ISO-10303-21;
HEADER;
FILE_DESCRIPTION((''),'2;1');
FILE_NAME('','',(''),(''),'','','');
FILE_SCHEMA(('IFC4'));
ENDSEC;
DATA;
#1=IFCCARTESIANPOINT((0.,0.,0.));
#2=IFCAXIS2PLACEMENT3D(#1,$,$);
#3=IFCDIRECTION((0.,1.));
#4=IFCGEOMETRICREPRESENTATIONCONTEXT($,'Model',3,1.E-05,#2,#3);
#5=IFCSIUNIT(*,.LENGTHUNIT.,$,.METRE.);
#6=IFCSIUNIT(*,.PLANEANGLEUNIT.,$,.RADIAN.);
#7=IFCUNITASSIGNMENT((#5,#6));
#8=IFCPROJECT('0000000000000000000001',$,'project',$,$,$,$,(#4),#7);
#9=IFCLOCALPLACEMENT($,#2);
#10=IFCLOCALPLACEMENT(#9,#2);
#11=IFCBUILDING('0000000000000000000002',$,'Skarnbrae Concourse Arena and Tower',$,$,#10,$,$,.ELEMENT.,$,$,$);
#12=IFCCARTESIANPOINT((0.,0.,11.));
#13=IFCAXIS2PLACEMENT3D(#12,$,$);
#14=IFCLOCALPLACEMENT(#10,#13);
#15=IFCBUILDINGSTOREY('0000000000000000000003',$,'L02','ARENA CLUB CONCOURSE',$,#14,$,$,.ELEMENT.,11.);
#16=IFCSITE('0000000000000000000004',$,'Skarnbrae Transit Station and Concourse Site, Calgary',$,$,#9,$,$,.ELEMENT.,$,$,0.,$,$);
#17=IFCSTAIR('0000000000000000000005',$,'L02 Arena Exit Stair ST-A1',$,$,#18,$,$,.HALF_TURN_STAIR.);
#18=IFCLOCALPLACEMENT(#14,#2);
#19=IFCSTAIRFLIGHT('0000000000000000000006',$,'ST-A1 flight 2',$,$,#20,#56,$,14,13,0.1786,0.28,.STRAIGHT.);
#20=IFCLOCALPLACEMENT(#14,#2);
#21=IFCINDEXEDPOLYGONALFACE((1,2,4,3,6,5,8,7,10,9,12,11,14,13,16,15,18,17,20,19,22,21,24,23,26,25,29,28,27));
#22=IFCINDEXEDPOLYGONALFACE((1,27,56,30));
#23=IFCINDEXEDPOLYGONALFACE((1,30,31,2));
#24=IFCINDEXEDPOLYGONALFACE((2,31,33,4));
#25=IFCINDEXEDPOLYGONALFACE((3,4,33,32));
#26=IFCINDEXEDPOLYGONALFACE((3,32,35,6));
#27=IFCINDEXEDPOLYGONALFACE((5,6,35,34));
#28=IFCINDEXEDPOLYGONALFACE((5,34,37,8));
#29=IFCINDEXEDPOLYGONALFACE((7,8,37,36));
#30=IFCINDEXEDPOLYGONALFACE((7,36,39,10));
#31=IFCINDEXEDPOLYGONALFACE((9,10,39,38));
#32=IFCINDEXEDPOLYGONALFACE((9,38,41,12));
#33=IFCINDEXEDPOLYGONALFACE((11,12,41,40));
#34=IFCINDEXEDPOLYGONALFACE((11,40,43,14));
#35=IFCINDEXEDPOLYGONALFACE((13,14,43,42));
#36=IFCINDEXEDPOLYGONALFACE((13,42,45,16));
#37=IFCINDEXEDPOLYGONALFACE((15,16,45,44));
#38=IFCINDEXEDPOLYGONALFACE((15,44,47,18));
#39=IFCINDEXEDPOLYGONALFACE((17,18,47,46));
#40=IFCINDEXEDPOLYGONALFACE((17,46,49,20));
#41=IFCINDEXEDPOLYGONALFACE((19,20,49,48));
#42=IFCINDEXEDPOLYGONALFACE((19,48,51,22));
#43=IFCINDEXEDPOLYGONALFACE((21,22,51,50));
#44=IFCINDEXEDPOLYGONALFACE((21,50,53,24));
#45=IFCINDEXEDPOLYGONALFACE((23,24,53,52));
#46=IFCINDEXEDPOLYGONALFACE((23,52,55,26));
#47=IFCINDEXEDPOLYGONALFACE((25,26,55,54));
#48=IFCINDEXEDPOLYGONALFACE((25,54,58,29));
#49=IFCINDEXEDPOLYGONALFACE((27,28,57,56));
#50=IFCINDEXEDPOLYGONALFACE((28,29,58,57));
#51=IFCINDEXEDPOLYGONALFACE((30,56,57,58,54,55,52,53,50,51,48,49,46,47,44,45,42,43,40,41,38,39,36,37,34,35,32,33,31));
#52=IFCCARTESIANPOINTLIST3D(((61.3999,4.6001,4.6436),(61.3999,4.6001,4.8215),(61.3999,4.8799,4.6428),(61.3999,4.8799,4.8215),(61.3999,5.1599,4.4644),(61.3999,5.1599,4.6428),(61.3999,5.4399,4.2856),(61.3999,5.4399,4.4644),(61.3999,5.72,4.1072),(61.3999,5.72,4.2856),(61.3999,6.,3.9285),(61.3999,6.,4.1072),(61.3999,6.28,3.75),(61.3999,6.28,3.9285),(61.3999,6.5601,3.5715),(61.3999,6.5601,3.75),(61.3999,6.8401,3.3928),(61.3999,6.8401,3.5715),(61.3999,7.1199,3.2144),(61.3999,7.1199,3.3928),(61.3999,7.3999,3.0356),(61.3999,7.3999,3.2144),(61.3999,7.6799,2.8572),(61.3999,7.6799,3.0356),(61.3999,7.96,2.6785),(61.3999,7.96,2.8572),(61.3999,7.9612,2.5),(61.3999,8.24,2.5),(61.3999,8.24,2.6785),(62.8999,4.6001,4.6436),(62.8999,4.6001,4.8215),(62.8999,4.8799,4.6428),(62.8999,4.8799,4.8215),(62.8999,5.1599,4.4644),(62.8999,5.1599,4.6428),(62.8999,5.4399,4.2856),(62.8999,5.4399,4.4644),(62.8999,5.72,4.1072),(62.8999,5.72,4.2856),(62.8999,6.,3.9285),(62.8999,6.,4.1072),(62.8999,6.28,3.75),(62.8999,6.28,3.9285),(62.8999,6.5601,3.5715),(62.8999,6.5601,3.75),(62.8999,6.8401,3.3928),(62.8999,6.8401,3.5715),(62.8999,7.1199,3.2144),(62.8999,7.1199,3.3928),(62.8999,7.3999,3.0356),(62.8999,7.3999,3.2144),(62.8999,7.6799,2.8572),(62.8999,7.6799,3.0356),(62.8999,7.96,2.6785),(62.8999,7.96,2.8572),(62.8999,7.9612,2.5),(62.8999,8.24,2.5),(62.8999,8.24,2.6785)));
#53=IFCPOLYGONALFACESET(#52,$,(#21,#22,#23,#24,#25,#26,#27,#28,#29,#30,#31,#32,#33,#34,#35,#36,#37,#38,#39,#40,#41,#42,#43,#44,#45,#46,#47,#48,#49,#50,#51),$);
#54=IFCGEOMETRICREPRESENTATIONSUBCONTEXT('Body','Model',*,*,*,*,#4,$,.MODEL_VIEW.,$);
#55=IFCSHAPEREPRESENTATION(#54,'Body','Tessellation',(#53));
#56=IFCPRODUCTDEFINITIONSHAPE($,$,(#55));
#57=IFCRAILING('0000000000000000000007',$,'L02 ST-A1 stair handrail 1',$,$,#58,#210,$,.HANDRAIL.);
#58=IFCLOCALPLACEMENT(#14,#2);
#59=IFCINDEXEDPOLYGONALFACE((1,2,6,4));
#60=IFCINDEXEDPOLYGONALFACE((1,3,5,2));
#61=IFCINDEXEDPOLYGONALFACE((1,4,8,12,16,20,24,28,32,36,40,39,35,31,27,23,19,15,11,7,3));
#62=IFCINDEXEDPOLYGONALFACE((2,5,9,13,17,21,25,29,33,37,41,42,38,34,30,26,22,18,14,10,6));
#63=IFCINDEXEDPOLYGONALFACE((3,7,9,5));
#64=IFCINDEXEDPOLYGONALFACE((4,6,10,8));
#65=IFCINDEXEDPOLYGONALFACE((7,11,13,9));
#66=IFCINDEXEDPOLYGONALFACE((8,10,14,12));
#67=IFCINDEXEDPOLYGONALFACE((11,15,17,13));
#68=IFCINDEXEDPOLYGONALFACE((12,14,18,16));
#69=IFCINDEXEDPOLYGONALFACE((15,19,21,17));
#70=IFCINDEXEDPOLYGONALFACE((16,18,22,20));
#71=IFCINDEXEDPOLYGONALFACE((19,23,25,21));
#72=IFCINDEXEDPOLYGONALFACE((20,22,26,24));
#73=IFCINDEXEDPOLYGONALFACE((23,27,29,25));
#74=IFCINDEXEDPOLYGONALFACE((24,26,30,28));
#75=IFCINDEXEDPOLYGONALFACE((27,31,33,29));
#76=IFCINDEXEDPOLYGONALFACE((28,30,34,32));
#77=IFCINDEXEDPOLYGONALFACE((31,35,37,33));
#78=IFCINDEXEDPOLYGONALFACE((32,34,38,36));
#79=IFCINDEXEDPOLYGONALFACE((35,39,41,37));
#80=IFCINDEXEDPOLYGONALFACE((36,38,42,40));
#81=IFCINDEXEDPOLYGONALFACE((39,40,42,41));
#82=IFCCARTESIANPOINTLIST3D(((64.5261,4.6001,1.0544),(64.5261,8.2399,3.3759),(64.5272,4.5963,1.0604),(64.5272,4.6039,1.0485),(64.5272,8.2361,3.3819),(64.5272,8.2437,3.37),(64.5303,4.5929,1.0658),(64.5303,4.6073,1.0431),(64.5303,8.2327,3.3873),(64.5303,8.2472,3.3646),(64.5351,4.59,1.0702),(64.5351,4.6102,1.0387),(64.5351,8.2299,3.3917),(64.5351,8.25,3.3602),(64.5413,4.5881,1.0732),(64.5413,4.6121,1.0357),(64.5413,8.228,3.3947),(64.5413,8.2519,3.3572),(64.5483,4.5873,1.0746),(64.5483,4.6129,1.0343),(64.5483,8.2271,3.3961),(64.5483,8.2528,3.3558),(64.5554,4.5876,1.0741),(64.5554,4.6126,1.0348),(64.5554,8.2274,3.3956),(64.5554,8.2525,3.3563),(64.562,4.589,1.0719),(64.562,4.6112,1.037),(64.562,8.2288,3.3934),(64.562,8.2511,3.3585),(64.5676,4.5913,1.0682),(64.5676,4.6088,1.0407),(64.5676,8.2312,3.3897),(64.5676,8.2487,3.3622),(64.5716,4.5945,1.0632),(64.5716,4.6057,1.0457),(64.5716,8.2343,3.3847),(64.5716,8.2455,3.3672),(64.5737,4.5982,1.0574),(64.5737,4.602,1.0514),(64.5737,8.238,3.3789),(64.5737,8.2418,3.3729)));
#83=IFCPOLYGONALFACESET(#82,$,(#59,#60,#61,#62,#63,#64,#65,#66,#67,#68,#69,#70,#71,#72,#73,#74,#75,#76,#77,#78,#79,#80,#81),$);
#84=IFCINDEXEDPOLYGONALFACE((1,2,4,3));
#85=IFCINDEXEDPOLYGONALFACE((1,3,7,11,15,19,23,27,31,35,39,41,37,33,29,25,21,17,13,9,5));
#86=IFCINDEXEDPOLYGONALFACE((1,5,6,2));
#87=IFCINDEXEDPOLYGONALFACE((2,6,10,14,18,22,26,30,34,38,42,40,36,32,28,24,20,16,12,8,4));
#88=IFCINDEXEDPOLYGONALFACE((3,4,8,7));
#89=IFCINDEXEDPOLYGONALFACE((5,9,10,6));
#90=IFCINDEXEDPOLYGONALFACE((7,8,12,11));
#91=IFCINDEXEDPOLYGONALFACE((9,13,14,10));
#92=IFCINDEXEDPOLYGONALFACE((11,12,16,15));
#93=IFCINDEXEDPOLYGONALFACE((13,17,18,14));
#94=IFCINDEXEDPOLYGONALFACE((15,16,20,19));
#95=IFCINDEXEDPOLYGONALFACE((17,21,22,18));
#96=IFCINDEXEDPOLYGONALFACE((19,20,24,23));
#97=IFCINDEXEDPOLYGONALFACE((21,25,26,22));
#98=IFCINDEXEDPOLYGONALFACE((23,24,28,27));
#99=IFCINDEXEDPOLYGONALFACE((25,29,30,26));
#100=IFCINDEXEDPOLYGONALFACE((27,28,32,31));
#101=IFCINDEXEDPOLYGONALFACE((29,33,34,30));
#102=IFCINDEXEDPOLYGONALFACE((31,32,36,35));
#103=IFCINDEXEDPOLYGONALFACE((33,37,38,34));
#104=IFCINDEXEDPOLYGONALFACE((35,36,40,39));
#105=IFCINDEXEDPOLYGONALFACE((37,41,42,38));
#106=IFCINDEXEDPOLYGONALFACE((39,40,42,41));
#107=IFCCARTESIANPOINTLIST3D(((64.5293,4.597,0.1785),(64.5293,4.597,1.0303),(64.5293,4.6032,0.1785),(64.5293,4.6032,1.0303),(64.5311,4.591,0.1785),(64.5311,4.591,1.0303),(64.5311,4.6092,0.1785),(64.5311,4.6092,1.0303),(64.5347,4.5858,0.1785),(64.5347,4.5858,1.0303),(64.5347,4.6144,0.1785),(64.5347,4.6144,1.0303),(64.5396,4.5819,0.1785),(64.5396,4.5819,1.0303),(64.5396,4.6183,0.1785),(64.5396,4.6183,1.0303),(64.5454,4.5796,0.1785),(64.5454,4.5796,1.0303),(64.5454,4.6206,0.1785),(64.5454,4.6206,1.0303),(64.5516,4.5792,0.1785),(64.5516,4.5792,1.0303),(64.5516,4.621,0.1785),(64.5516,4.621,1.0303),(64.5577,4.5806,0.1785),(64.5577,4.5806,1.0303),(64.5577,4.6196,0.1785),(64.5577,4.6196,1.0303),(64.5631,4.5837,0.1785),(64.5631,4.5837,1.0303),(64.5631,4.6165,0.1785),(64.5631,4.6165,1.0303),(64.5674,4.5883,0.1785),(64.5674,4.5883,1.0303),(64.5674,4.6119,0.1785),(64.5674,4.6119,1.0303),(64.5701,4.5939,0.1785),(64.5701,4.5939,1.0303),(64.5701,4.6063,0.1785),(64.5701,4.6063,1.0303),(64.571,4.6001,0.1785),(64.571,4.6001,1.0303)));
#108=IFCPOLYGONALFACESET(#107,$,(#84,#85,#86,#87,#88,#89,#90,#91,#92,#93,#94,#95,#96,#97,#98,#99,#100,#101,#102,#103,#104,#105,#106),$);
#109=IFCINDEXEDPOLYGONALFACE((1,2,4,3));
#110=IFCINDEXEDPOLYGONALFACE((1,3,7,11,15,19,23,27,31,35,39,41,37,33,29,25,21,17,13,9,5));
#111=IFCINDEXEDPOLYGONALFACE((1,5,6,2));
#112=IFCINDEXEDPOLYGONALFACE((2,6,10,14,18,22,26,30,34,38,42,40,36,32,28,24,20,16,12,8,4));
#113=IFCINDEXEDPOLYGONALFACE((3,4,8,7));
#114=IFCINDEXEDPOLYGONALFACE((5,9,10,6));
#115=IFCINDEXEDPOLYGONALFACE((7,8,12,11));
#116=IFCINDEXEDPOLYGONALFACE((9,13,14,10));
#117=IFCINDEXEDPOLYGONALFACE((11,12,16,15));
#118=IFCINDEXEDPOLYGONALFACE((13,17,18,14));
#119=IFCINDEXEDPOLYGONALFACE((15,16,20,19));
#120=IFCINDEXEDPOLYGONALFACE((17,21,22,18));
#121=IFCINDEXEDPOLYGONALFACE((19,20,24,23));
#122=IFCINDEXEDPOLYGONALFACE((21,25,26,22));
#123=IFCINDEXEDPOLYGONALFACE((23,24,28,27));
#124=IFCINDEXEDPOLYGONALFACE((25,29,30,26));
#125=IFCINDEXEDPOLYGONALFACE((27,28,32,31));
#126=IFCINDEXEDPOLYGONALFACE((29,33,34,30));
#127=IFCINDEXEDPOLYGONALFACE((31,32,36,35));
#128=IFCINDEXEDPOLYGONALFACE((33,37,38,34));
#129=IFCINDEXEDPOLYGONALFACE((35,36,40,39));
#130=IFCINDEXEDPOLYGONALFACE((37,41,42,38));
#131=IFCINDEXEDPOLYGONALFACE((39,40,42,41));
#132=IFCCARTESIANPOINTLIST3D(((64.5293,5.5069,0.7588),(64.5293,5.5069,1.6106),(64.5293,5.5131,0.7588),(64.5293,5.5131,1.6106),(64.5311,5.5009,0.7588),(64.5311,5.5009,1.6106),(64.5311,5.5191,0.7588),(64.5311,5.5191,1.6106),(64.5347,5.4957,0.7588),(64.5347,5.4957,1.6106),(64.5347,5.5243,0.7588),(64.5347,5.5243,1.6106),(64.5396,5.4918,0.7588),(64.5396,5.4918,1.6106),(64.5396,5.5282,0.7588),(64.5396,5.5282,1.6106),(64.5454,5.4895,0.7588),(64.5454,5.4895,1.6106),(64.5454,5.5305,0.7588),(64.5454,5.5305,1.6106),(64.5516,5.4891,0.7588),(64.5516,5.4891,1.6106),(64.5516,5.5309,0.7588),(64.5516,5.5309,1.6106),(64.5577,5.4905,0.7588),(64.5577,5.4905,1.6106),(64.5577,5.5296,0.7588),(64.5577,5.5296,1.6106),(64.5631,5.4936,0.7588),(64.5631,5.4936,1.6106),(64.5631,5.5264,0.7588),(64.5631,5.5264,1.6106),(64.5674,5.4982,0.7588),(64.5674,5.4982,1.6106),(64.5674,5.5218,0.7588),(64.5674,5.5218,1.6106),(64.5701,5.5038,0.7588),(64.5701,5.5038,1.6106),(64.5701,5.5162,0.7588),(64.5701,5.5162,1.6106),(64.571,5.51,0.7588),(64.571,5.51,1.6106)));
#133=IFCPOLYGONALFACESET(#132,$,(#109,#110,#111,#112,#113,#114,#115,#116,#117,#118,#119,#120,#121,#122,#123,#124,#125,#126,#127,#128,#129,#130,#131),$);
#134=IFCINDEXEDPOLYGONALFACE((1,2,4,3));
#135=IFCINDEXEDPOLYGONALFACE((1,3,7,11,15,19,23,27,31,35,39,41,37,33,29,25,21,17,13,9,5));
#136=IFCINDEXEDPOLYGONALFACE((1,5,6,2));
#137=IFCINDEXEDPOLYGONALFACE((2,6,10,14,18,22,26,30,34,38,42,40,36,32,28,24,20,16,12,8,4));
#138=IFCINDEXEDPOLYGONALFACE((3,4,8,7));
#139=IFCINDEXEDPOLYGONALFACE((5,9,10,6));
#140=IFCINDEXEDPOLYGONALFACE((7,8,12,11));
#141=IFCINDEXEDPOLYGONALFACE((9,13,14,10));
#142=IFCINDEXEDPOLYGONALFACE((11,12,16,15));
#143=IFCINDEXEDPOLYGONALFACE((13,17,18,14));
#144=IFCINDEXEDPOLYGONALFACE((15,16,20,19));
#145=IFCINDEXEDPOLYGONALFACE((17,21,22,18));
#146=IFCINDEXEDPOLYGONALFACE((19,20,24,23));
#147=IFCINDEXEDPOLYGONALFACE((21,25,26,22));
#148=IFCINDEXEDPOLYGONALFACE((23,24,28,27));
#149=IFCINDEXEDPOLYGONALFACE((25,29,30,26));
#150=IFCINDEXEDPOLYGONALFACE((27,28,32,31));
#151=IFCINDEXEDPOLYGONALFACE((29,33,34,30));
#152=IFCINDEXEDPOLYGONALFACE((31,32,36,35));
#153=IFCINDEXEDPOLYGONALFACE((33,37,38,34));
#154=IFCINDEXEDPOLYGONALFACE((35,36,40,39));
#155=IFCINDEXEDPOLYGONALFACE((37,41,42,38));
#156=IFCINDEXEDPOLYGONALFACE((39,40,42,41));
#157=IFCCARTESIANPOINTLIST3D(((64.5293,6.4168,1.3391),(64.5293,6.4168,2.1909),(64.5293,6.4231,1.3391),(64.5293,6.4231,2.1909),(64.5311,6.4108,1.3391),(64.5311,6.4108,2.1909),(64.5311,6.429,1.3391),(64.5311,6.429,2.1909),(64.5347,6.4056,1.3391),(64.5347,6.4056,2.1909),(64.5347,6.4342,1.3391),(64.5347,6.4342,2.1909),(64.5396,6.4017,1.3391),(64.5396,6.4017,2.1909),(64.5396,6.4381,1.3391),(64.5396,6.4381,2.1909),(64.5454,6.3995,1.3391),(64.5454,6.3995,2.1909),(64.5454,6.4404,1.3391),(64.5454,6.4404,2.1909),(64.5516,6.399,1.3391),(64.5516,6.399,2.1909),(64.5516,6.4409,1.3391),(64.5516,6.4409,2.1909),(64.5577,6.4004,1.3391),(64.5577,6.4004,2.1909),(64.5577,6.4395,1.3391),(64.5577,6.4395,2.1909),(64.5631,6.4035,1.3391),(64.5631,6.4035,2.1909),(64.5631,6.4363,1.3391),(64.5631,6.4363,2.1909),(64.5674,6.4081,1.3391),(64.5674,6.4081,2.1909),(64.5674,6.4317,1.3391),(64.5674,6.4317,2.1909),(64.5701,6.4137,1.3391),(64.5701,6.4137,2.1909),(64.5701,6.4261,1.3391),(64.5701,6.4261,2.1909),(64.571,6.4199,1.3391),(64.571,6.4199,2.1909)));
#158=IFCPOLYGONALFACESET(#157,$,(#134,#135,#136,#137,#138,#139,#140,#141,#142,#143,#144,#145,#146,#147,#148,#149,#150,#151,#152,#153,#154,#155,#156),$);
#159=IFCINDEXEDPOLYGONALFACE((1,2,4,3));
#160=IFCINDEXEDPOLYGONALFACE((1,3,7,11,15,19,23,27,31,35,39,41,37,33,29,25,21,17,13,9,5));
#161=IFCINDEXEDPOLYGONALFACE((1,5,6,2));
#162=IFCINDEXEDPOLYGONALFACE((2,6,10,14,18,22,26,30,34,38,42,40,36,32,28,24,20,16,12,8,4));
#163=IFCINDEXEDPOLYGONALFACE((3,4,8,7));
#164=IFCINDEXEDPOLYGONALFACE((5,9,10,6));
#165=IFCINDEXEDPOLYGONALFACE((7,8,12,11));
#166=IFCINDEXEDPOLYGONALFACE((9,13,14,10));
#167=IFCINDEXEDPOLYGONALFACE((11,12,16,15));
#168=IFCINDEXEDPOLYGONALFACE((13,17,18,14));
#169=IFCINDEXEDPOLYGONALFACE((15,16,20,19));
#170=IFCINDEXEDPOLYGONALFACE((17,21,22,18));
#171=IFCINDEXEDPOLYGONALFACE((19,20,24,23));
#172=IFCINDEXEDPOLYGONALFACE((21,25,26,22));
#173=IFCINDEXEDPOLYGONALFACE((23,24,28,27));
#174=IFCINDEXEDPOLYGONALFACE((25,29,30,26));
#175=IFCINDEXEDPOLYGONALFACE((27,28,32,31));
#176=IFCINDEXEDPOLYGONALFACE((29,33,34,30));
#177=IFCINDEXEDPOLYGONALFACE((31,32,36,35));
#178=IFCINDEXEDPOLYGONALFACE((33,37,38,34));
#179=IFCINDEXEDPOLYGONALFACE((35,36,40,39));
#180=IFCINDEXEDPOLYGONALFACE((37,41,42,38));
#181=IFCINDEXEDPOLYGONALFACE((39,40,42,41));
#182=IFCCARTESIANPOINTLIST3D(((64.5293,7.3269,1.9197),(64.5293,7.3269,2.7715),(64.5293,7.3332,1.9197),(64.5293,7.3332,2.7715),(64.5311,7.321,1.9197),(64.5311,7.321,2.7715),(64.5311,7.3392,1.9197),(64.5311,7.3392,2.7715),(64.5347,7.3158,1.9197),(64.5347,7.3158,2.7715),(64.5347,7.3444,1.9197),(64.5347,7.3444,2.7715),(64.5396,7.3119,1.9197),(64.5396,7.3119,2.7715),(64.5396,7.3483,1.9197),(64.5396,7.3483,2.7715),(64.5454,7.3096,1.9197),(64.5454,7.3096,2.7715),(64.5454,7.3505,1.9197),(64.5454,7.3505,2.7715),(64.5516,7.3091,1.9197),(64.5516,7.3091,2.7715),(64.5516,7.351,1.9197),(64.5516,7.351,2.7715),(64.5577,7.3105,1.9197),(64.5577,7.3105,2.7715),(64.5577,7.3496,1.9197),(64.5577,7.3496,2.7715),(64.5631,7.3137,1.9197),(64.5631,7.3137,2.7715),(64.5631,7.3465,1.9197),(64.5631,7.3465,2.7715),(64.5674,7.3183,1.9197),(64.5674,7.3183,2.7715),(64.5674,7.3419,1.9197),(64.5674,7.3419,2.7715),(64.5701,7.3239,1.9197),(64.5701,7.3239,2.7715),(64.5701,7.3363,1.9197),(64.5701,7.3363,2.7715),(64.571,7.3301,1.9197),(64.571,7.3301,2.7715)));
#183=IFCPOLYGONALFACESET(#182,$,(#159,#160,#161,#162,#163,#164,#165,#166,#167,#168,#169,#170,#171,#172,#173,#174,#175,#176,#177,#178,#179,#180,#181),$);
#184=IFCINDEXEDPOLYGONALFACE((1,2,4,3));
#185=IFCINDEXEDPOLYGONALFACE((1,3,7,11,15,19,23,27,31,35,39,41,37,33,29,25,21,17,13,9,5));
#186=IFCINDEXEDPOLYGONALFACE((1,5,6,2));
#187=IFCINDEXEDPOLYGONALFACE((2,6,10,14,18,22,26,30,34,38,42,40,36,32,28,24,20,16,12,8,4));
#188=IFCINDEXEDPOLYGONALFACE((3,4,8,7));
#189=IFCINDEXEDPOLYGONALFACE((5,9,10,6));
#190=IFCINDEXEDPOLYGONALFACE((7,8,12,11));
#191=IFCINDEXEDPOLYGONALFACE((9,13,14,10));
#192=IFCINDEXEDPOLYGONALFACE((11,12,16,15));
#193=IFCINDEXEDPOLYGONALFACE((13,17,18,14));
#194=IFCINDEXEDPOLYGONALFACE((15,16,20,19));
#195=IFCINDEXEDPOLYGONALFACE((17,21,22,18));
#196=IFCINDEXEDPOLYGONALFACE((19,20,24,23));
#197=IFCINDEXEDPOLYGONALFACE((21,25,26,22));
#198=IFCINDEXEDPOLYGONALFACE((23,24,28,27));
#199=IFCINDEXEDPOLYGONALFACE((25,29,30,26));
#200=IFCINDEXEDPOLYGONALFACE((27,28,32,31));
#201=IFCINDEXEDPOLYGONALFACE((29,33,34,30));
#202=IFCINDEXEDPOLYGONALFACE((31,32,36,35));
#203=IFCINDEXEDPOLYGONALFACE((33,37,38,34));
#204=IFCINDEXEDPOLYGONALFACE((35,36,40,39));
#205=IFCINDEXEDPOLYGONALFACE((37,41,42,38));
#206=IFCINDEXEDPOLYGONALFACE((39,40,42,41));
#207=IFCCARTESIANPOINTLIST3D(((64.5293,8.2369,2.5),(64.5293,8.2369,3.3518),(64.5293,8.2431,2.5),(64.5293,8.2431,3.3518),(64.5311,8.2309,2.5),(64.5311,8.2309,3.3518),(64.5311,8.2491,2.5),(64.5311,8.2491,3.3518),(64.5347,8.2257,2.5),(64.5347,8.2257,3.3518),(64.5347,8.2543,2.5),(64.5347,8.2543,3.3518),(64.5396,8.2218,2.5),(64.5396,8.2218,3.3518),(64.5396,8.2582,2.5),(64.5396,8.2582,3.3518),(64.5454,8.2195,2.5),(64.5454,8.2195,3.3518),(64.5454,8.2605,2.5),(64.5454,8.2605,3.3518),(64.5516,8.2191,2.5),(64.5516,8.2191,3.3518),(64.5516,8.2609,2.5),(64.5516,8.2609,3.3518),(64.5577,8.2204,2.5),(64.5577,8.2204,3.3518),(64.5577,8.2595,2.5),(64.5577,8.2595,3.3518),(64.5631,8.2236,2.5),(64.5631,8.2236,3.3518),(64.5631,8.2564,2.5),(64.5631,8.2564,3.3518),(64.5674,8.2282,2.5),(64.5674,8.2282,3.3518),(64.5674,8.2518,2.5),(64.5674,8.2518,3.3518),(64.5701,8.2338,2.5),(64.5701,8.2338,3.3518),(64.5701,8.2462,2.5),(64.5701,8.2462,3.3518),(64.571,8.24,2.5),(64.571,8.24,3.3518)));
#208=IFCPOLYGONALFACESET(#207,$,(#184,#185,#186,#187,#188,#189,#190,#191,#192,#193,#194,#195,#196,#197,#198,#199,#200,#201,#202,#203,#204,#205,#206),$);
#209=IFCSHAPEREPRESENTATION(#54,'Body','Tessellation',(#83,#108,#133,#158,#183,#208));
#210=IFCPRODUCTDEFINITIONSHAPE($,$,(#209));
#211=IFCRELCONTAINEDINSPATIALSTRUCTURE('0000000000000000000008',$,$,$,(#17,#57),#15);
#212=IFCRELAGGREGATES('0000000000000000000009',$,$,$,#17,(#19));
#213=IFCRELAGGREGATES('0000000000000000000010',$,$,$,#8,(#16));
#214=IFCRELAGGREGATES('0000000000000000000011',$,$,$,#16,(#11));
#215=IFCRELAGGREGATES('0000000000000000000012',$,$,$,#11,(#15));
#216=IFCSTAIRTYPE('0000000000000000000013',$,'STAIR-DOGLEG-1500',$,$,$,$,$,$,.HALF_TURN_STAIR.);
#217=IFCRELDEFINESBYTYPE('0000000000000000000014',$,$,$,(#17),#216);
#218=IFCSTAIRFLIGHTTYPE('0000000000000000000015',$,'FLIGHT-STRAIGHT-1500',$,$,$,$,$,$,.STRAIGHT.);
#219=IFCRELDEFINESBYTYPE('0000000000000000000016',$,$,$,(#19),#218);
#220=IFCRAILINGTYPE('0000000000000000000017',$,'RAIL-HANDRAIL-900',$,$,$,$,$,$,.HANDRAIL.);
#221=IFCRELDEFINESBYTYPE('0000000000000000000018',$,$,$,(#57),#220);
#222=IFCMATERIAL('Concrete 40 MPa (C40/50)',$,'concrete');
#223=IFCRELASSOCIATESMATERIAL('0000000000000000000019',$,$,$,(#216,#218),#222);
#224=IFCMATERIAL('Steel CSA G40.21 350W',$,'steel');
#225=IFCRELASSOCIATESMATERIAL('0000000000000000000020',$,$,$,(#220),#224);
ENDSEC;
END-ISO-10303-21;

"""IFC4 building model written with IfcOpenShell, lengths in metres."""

from ifc_helpers import new_model, si_unit, direction, frame, origin, origin_2d, place, context, subcontext, project, spatial, polyline, circle, outline, extrude, source, transform, mapped, material, type_object, element, aggregate, save


model = new_model("IFC4")

# Units and contexts
model_context = context("Model", 3, precision=1e-05, world=origin(), true_north=direction((0.0, 1.0)))
body_context = subcontext(model_context, "Body", "Model", "MODEL_VIEW")
ifc_project = project(units=[si_unit("LENGTHUNIT", "METRE"), si_unit("PLANEANGLEUNIT", "RADIAN")], contexts=[model_context])

# Site, building, storey
site_placement = place(None, origin())
site = spatial("IfcSite", under=ifc_project, at=site_placement, Name="Skarnbrae Transit Station and Concourse Site, Calgary", CompositionType="ELEMENT", RefElevation=0.0)
building_placement = place(site_placement, origin())
building = spatial("IfcBuilding", under=site, at=building_placement, Name="Skarnbrae Concourse Arena and Tower", CompositionType="ELEMENT")
storey_placement = place(building_placement, frame((0.0, 0.0, 11.0)))
storey = spatial("IfcBuildingStorey", under=building, at=storey_placement, Name="L02", Description="ARENA CLUB CONCOURSE", CompositionType="ELEMENT", Elevation=11.0)

# Shared definitions
ifc_material_1 = material(Name="Steel CSA G40.21 350W", Category="steel")

# Stair, stair flight
ifc_material_2 = material(Name="Concrete 40 MPa (C40/50)", Category="concrete")
stair_type = type_object("IfcStairType", Name="STAIR-DOGLEG-1500", PredefinedType="HALF_TURN_STAIR", material=ifc_material_2)
stair_placement = place(storey_placement, origin())
stair = element("IfcStair", 1, at=stair_placement, inside=storey, type_object=stair_type, Name="L02 Arena Exit Stair ST-A1", PredefinedType="HALF_TURN_STAIR")
stair_flight_type = type_object("IfcStairFlightType", Name="FLIGHT-STRAIGHT-1500", PredefinedType="STRAIGHT", material=ifc_material_2)
shared_shape_1 = source(origin(), body_context, "Body", "SweptSolid", [
    extrude(outline(polyline([(0.0, 0.0), (0.0, 0.1785), (0.28, 0.1785), (0.28, 0.3572), (0.5601, 0.3572), (0.5601, 0.5356), (0.8401, 0.5356), (0.8401, 0.7144), (1.1201, 0.7144), (1.1201, 0.8928), (1.3999, 0.8928), (1.3999, 1.0715), (1.6799, 1.0715), (1.6799, 1.25), (1.96, 1.25), (1.96, 1.4285), (2.24, 1.4285), (2.24, 1.6072), (2.52, 1.6072), (2.52, 1.7856), (2.8, 1.7856), (2.8, 1.9644), (3.0801, 1.9644), (3.0801, 2.1428), (3.3601, 2.1428), (3.3601, 2.3215), (3.6399, 2.3215), (3.6399, 2.5), (3.6399, 2.1436), (0.2788, 0.0), (0.0, 0.0)])), frame((0.0, 0.75, 0.0), z_axis=(0.0, -1.0, 0.0), x_axis=(1.0, 0.0, 0.0)), (0.0, 0.0, 1.0), 1.5),
])
stair_flight_1_placement = place(storey_placement, frame((62.1499, 8.24, 2.5), z_axis=(0.0, 0.0, 1.0), x_axis=(0.0, -1.0, 0.0)))
stair_flight_1 = element("IfcStairFlight", 2, at=stair_flight_1_placement, type_object=stair_flight_type, Name="ST-A1 flight 2", NumberOfRisers=14, NumberOfTreads=13, PredefinedType="STRAIGHT", RiserHeight=0.1786, TreadLength=0.28, context=body_context, shape_type="MappedRepresentation", body=[
    mapped(shared_shape_1, transform((0.0, 0.0, 0.0))),
])
aggregate(stair, [stair_flight_1])

# Railing
railing_type_1 = type_object("IfcRailingType", Name="RAIL-HANDRAIL-900", PredefinedType="HANDRAIL", material=ifc_material_1)
railing_1_placement = place(storey_placement, frame((64.55, 4.6001, 0.1785)))
element("IfcRailing", 3, at=railing_1_placement, inside=storey, type_object=railing_type_1, Name="L02 ST-A1 stair handrail 1", PredefinedType="HANDRAIL", context=body_context, shape_type="SweptSolid", body=[
    extrude(circle(Radius=0.0239, at=origin_2d()), frame((0.0, 0.0, 0.876), z_axis=(0.0, 0.843112, 0.537739), x_axis=(-1.0, 0.0, 0.0)), (0.0, 0.0, 1.0), 4.3171),
    extrude(circle(Radius=0.021, at=origin_2d()), origin(), (0.0, 0.0, 1.0), 0.8518),
    extrude(circle(Radius=0.021, at=origin_2d()), frame((0.0, 0.9099, 0.5803)), (0.0, 0.0, 1.0), 0.8518),
    extrude(circle(Radius=0.021, at=origin_2d()), frame((0.0, 1.8198, 1.1606)), (0.0, 0.0, 1.0), 0.8518),
    extrude(circle(Radius=0.021, at=origin_2d()), frame((0.0, 2.73, 1.7412)), (0.0, 0.0, 1.0), 0.8518),
    extrude(circle(Radius=0.021, at=origin_2d()), frame((0.0, 3.6399, 2.3215)), (0.0, 0.0, 1.0), 0.8518),
])

save(model, "model.ifc")
